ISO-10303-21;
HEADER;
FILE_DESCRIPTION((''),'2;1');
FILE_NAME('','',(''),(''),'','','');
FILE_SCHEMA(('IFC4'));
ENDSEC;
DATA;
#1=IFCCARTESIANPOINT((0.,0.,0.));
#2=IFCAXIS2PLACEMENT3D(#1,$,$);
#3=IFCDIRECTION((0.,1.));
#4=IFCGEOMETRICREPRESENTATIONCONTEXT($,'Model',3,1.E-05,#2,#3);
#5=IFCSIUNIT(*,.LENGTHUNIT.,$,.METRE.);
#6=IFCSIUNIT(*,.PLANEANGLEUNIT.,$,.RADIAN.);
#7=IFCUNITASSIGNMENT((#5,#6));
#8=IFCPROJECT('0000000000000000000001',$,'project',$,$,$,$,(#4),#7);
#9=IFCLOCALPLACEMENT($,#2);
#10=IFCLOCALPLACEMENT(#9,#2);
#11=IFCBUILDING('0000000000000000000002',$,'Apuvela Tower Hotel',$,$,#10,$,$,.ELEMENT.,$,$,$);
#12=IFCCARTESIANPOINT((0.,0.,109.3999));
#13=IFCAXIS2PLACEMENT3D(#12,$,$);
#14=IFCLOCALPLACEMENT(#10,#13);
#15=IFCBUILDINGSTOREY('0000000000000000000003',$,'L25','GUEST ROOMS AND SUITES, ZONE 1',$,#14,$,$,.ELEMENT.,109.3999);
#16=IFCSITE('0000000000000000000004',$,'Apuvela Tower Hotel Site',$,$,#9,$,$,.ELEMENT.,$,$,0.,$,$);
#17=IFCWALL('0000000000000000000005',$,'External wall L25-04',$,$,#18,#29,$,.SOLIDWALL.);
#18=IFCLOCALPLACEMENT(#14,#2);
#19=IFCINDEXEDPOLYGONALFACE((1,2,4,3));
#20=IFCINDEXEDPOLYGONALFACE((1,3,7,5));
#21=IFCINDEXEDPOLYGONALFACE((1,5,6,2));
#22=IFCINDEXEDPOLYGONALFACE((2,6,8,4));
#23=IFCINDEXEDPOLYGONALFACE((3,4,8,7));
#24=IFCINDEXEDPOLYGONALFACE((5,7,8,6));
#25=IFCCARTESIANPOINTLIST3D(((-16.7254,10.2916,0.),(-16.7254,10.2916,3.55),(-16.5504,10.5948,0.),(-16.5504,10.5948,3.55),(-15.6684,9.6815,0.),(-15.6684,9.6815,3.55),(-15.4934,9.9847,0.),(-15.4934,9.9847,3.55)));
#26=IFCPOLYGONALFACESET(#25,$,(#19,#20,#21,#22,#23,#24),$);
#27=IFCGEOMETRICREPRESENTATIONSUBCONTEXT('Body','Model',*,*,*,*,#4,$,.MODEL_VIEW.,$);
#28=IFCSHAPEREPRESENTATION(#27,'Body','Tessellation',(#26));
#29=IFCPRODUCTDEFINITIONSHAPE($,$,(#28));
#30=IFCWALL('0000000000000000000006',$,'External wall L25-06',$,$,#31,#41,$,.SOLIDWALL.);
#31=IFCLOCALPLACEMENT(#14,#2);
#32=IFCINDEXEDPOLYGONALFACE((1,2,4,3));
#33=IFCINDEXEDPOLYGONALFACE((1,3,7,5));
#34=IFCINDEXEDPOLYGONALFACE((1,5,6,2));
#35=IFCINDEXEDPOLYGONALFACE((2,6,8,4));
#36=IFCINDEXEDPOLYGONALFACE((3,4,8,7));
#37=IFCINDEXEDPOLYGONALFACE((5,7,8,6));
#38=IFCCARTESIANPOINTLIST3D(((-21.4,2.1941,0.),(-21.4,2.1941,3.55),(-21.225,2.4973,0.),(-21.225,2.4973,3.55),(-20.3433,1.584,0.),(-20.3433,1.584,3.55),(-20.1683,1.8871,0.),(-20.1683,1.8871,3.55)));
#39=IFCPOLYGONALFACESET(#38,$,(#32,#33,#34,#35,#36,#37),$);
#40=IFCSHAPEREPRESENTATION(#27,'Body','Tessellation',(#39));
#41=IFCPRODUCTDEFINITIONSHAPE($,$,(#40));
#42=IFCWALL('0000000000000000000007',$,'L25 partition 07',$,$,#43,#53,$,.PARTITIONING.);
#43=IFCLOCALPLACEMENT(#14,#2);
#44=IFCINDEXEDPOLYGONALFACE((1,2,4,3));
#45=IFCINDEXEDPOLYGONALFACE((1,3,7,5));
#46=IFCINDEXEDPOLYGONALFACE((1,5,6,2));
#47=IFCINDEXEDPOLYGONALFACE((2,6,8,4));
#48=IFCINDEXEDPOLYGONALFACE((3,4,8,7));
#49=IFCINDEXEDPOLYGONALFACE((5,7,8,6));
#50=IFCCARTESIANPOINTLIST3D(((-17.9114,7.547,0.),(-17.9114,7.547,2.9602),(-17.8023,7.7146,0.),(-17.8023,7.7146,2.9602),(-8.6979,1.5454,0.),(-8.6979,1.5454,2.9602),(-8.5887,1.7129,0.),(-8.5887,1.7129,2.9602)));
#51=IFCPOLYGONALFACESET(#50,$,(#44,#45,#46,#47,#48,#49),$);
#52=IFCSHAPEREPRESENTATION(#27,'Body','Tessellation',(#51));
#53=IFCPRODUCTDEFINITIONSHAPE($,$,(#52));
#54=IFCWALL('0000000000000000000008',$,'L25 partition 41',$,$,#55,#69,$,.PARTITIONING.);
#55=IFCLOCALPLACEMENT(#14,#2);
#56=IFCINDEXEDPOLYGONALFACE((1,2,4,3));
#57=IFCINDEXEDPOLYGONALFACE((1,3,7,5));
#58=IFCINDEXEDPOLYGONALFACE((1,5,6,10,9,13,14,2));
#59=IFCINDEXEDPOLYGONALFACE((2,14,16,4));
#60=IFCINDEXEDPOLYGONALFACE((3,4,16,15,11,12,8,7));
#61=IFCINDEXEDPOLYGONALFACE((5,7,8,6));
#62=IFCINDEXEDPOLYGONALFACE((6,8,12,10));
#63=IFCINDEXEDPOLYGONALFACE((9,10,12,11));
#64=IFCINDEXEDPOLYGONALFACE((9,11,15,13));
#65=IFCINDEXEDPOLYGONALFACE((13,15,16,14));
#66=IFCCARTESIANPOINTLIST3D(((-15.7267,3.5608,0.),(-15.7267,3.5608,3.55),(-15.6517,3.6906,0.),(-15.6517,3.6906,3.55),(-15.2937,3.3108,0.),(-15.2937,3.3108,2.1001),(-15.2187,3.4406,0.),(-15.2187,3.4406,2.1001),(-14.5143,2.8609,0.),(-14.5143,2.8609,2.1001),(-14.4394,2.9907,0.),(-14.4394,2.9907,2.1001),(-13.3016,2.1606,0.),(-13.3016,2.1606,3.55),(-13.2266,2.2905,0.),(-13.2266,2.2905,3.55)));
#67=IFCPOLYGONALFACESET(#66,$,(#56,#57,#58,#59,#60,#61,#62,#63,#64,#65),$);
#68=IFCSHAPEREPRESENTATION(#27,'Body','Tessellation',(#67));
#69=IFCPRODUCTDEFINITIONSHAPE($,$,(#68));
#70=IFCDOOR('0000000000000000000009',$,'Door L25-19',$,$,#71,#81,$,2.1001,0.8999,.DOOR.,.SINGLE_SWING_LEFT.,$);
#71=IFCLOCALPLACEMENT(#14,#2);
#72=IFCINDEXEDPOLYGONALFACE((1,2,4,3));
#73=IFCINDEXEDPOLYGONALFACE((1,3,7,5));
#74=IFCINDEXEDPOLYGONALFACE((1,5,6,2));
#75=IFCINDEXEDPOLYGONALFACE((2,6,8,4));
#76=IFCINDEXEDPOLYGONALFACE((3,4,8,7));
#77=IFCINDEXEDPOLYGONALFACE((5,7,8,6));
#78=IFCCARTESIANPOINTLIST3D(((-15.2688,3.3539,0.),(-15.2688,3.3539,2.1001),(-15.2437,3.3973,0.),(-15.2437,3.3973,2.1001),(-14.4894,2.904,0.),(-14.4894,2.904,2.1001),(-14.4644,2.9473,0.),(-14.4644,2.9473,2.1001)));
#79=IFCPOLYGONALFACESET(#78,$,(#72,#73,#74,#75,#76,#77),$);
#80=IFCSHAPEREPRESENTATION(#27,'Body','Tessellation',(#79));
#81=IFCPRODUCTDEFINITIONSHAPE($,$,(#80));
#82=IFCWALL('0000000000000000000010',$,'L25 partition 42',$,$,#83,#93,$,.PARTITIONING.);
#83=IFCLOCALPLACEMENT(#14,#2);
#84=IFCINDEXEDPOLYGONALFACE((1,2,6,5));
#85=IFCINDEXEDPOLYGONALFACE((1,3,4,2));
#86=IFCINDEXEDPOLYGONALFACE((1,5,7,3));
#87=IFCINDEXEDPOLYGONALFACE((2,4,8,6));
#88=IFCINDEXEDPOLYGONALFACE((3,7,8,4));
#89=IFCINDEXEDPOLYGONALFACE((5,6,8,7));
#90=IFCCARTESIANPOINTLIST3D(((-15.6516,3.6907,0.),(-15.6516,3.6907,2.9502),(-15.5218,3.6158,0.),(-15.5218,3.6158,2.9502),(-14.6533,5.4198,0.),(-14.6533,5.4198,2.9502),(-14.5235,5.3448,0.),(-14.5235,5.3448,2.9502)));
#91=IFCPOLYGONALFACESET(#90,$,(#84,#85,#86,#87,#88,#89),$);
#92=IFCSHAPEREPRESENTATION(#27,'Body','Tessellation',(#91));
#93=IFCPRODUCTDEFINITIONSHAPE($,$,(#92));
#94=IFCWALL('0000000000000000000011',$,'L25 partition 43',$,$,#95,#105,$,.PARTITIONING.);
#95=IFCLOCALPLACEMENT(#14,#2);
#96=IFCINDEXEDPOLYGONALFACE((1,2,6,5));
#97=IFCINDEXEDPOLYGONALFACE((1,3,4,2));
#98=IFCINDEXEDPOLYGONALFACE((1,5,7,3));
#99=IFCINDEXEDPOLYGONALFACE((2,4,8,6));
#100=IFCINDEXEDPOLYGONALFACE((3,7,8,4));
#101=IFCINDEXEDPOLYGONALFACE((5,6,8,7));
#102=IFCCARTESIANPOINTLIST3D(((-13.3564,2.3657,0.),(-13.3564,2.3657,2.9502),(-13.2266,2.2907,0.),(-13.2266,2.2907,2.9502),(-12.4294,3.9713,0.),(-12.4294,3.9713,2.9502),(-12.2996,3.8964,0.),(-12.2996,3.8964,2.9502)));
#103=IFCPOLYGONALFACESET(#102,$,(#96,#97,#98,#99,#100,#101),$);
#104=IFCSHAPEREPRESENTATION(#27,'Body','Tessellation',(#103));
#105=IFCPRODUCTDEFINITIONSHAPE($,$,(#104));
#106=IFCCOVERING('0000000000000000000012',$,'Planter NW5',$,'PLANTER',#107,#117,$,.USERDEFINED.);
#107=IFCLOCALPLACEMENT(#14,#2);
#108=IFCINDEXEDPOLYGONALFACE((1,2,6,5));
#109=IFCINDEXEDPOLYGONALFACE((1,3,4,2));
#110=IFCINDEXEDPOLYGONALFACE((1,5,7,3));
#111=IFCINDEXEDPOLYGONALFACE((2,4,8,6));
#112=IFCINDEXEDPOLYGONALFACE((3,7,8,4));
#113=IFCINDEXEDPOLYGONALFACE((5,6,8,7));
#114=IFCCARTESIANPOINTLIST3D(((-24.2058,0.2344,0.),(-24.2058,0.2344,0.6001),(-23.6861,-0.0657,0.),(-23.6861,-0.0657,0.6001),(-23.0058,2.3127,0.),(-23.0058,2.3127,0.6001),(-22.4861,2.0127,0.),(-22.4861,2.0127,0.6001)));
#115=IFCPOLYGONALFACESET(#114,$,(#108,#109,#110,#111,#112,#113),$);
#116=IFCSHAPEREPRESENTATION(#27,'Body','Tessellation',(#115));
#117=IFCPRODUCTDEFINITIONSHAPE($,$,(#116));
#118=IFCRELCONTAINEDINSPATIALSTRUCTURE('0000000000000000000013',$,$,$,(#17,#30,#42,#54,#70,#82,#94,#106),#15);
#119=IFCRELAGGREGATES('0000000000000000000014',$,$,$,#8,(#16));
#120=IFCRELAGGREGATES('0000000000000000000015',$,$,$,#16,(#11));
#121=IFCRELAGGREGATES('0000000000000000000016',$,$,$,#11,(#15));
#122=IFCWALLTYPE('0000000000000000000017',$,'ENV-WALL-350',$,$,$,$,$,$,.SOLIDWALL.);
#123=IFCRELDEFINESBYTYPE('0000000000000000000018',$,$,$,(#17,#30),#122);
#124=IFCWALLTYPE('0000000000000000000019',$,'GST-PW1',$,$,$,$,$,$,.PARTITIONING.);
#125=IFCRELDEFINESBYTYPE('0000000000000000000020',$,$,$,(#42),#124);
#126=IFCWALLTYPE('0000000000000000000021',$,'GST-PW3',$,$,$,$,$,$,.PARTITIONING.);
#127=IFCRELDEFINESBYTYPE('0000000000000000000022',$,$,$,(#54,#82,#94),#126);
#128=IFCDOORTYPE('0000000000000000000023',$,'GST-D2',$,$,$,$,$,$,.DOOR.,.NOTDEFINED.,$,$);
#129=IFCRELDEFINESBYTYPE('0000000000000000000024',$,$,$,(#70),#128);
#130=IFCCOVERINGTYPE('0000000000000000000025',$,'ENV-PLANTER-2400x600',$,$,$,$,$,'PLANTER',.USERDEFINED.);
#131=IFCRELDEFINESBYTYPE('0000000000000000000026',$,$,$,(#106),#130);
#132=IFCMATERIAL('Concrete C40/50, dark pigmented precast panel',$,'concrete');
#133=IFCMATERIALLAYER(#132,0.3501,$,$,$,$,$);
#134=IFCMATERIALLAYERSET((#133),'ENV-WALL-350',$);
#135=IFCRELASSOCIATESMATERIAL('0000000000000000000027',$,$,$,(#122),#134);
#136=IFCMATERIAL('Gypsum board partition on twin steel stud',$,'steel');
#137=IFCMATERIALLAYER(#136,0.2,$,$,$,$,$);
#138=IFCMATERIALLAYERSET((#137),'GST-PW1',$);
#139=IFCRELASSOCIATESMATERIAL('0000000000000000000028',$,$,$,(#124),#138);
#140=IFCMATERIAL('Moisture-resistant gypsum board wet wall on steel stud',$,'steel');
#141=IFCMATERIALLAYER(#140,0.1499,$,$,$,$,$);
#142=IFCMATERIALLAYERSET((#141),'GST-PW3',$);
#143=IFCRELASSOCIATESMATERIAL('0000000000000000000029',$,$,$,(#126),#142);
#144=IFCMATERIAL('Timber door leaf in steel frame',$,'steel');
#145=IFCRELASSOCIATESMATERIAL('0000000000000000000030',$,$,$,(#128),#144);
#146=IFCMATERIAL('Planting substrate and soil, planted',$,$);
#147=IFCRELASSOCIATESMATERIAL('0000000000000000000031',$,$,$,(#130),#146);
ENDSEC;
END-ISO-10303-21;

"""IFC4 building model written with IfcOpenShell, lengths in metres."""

from ifc_helpers import new_model, si_unit, direction, frame, frame_2d, origin, origin_2d, place, context, subcontext, project, spatial, rectangle, extrude, material, layer, layer_set, type_object, element, fill, save


model = new_model("IFC4")

# Units and contexts
model_context = context("Model", 3, precision=1e-05, world=origin(), true_north=direction((0.0, 1.0)))
body_context = subcontext(model_context, "Body", "Model", "MODEL_VIEW")
ifc_project = project(units=[si_unit("LENGTHUNIT", "METRE"), si_unit("PLANEANGLEUNIT", "RADIAN")], contexts=[model_context])

# Site, building, storey
site_placement = place(None, origin())
site = spatial("IfcSite", under=ifc_project, at=site_placement, Name="Apuvela Tower Hotel Site", CompositionType="ELEMENT", RefElevation=0.0)
building_placement = place(site_placement, origin())
building = spatial("IfcBuilding", under=site, at=building_placement, Name="Apuvela Tower Hotel", CompositionType="ELEMENT")
storey_placement = place(building_placement, frame((0.0, 0.0, 109.3999)))
storey = spatial("IfcBuildingStorey", under=building, at=storey_placement, Name="L25", Description="GUEST ROOMS AND SUITES, ZONE 1", CompositionType="ELEMENT", Elevation=109.3999)

# Walls
ifc_material_1 = material(Name="Concrete C40/50, dark pigmented precast panel", Category="concrete")
ifc_layer_1 = layer(ifc_material_1, 0.3501)
ifc_layer_set_1 = layer_set([ifc_layer_1], Name="ENV-WALL-350")
wall_type_1 = type_object("IfcWallType", Name="ENV-WALL-350", PredefinedType="SOLIDWALL", material=ifc_layer_set_1)
wall_1_placement = place(storey_placement, frame((-15.5808, 9.833, 0.0), z_axis=(0.0, 0.0, 1.0), x_axis=(-0.866056, 0.499948, 0.0)))
element("IfcWall", 1, at=wall_1_placement, inside=storey, type_object=wall_type_1, Name="External wall L25-04", PredefinedType="SOLIDWALL", context=body_context, shape_type="SweptSolid", body=[
    extrude(rectangle(XDim=1.2205, YDim=0.3501, at=frame_2d((0.6104, 0.0))), origin(), (0.0, 0.0, 1.0), 3.55),
])
wall_2_placement = place(storey_placement, frame((-21.3125, 2.3457, 0.0), z_axis=(0.0, 0.0, 1.0), x_axis=(0.866006, -0.500034, 0.0)))
element("IfcWall", 2, at=wall_2_placement, inside=storey, type_object=wall_type_1, Name="External wall L25-06", PredefinedType="SOLIDWALL", context=body_context, shape_type="SweptSolid", body=[
    extrude(rectangle(XDim=1.2202, YDim=0.3501, at=frame_2d((0.6101, 0.0))), origin(), (0.0, 0.0, 1.0), 3.55),
])

# Wall
ifc_material_2 = material(Name="Gypsum board partition on twin steel stud", Category="steel")
ifc_layer_2 = layer(ifc_material_2, 0.2)
ifc_layer_set_2 = layer_set([ifc_layer_2], Name="GST-PW1")
wall_type_2 = type_object("IfcWallType", Name="GST-PW1", PredefinedType="PARTITIONING", material=ifc_layer_set_2)
wall_3_placement = place(storey_placement, frame((-17.8569, 7.6309, 0.0), z_axis=(0.0, 0.0, 1.0), x_axis=(0.837909, -0.54581, 0.0)))
element("IfcWall", 3, at=wall_3_placement, inside=storey, type_object=wall_type_2, Name="L25 partition 07", PredefinedType="PARTITIONING", context=body_context, shape_type="SweptSolid", body=[
    extrude(rectangle(XDim=10.9958, YDim=0.2, at=frame_2d((5.498, 0.0))), origin(), (0.0, 0.0, 1.0), 2.9602),
])

# Wall, opening, door
ifc_material_3 = material(Name="Moisture-resistant gypsum board wet wall on steel stud", Category="steel")
ifc_layer_3 = layer(ifc_material_3, 0.1499)
ifc_layer_set_3 = layer_set([ifc_layer_3], Name="GST-PW3")
wall_type_3 = type_object("IfcWallType", Name="GST-PW3", PredefinedType="PARTITIONING", material=ifc_layer_set_3)
wall_4_placement = place(storey_placement, frame((-15.6892, 3.6257, 0.0), z_axis=(0.0, 0.0, 1.0), x_axis=(0.866019, -0.500012, 0.0)))
wall_4 = element("IfcWall", 4, at=wall_4_placement, inside=storey, type_object=wall_type_3, Name="L25 partition 41", PredefinedType="PARTITIONING", context=body_context, shape_type="SweptSolid", body=[
    extrude(rectangle(XDim=2.8003, YDim=0.1499, at=frame_2d((1.4001, 0.0))), origin(), (0.0, 0.0, 1.0), 3.55),
])
opening_1_placement = place(wall_4_placement, frame((0.5, 0.0, 0.0)))
opening_1 = element("IfcOpeningElement", 5, at=opening_1_placement, cuts=wall_4, PredefinedType="OPENING", context=body_context, shape_type="SweptSolid", body=[
    extrude(rectangle(XDim=0.8999, YDim=2.1001, at=frame_2d((0.45, 1.05))), frame((0.0, 0.085, 0.0), z_axis=(0.0, -1.0, 0.0), x_axis=(1.0, 0.0, 0.0)), (0.0, 0.0, 1.0), 0.1699),
])
ifc_material_4 = material(Name="Timber door leaf in steel frame", Category="steel")
door_type_1 = type_object("IfcDoorType", Name="GST-D2", OperationType="NOTDEFINED", PredefinedType="DOOR", material=ifc_material_4)
door_1_placement = place(opening_1_placement, origin())
door_1 = element("IfcDoor", 6, at=door_1_placement, inside=storey, type_object=door_type_1, Name="Door L25-19", OperationType="SINGLE_SWING_LEFT", OverallHeight=2.1001, OverallWidth=0.8999, PredefinedType="DOOR", context=body_context, shape_type="SweptSolid", body=[
    extrude(rectangle(XDim=0.8999, YDim=2.1001, at=frame_2d((0.45, 1.05))), frame((0.0, 0.0249, 0.0), z_axis=(0.0, -1.0, 0.0), x_axis=(1.0, 0.0, 0.0)), (0.0, 0.0, 1.0), 0.05),
])
fill(opening_1, door_1)

# Walls
wall_5_placement = place(storey_placement, frame((-14.5884, 5.3823, 0.0), z_axis=(0.0, 0.0, 1.0), x_axis=(-0.500019, -0.866015, 0.0)))
element("IfcWall", 7, at=wall_5_placement, inside=storey, type_object=wall_type_3, Name="L25 partition 42", PredefinedType="PARTITIONING", context=body_context, shape_type="SweptSolid", body=[
    extrude(rectangle(XDim=1.9966, YDim=0.1499, at=frame_2d((0.9983, 0.0))), origin(), (0.0, 0.0, 1.0), 2.9502),
])
wall_6_placement = place(storey_placement, frame((-12.3645, 3.9338, 0.0), z_axis=(0.0, 0.0, 1.0), x_axis=(-0.499977, -0.866039, 0.0)))
element("IfcWall", 8, at=wall_6_placement, inside=storey, type_object=wall_type_3, Name="L25 partition 43", PredefinedType="PARTITIONING", context=body_context, shape_type="SweptSolid", body=[
    extrude(rectangle(XDim=1.854, YDim=0.1499, at=frame_2d((0.927, 0.0))), origin(), (0.0, 0.0, 1.0), 2.9502),
])

# Covering
ifc_material_5 = material(Name="Planting substrate and soil, planted")
covering_type = type_object("IfcCoveringType", Name="ENV-PLANTER-2400x600", ElementType="PLANTER", PredefinedType="USERDEFINED", material=ifc_material_5)
covering_placement = place(storey_placement, frame((-23.3459, 1.1235, 0.0), z_axis=(0.0, 0.0, 1.0), x_axis=(-0.5, -0.866025, 0.0)))
element("IfcCovering", 9, at=covering_placement, inside=storey, type_object=covering_type, Name="Planter NW5", ObjectType="PLANTER", PredefinedType="USERDEFINED", context=body_context, shape_type="SweptSolid", body=[
    extrude(rectangle(XDim=2.3999, YDim=0.6001, at=origin_2d()), origin(), (0.0, 0.0, 1.0), 0.6001),
])

save(model, "model.ifc")
